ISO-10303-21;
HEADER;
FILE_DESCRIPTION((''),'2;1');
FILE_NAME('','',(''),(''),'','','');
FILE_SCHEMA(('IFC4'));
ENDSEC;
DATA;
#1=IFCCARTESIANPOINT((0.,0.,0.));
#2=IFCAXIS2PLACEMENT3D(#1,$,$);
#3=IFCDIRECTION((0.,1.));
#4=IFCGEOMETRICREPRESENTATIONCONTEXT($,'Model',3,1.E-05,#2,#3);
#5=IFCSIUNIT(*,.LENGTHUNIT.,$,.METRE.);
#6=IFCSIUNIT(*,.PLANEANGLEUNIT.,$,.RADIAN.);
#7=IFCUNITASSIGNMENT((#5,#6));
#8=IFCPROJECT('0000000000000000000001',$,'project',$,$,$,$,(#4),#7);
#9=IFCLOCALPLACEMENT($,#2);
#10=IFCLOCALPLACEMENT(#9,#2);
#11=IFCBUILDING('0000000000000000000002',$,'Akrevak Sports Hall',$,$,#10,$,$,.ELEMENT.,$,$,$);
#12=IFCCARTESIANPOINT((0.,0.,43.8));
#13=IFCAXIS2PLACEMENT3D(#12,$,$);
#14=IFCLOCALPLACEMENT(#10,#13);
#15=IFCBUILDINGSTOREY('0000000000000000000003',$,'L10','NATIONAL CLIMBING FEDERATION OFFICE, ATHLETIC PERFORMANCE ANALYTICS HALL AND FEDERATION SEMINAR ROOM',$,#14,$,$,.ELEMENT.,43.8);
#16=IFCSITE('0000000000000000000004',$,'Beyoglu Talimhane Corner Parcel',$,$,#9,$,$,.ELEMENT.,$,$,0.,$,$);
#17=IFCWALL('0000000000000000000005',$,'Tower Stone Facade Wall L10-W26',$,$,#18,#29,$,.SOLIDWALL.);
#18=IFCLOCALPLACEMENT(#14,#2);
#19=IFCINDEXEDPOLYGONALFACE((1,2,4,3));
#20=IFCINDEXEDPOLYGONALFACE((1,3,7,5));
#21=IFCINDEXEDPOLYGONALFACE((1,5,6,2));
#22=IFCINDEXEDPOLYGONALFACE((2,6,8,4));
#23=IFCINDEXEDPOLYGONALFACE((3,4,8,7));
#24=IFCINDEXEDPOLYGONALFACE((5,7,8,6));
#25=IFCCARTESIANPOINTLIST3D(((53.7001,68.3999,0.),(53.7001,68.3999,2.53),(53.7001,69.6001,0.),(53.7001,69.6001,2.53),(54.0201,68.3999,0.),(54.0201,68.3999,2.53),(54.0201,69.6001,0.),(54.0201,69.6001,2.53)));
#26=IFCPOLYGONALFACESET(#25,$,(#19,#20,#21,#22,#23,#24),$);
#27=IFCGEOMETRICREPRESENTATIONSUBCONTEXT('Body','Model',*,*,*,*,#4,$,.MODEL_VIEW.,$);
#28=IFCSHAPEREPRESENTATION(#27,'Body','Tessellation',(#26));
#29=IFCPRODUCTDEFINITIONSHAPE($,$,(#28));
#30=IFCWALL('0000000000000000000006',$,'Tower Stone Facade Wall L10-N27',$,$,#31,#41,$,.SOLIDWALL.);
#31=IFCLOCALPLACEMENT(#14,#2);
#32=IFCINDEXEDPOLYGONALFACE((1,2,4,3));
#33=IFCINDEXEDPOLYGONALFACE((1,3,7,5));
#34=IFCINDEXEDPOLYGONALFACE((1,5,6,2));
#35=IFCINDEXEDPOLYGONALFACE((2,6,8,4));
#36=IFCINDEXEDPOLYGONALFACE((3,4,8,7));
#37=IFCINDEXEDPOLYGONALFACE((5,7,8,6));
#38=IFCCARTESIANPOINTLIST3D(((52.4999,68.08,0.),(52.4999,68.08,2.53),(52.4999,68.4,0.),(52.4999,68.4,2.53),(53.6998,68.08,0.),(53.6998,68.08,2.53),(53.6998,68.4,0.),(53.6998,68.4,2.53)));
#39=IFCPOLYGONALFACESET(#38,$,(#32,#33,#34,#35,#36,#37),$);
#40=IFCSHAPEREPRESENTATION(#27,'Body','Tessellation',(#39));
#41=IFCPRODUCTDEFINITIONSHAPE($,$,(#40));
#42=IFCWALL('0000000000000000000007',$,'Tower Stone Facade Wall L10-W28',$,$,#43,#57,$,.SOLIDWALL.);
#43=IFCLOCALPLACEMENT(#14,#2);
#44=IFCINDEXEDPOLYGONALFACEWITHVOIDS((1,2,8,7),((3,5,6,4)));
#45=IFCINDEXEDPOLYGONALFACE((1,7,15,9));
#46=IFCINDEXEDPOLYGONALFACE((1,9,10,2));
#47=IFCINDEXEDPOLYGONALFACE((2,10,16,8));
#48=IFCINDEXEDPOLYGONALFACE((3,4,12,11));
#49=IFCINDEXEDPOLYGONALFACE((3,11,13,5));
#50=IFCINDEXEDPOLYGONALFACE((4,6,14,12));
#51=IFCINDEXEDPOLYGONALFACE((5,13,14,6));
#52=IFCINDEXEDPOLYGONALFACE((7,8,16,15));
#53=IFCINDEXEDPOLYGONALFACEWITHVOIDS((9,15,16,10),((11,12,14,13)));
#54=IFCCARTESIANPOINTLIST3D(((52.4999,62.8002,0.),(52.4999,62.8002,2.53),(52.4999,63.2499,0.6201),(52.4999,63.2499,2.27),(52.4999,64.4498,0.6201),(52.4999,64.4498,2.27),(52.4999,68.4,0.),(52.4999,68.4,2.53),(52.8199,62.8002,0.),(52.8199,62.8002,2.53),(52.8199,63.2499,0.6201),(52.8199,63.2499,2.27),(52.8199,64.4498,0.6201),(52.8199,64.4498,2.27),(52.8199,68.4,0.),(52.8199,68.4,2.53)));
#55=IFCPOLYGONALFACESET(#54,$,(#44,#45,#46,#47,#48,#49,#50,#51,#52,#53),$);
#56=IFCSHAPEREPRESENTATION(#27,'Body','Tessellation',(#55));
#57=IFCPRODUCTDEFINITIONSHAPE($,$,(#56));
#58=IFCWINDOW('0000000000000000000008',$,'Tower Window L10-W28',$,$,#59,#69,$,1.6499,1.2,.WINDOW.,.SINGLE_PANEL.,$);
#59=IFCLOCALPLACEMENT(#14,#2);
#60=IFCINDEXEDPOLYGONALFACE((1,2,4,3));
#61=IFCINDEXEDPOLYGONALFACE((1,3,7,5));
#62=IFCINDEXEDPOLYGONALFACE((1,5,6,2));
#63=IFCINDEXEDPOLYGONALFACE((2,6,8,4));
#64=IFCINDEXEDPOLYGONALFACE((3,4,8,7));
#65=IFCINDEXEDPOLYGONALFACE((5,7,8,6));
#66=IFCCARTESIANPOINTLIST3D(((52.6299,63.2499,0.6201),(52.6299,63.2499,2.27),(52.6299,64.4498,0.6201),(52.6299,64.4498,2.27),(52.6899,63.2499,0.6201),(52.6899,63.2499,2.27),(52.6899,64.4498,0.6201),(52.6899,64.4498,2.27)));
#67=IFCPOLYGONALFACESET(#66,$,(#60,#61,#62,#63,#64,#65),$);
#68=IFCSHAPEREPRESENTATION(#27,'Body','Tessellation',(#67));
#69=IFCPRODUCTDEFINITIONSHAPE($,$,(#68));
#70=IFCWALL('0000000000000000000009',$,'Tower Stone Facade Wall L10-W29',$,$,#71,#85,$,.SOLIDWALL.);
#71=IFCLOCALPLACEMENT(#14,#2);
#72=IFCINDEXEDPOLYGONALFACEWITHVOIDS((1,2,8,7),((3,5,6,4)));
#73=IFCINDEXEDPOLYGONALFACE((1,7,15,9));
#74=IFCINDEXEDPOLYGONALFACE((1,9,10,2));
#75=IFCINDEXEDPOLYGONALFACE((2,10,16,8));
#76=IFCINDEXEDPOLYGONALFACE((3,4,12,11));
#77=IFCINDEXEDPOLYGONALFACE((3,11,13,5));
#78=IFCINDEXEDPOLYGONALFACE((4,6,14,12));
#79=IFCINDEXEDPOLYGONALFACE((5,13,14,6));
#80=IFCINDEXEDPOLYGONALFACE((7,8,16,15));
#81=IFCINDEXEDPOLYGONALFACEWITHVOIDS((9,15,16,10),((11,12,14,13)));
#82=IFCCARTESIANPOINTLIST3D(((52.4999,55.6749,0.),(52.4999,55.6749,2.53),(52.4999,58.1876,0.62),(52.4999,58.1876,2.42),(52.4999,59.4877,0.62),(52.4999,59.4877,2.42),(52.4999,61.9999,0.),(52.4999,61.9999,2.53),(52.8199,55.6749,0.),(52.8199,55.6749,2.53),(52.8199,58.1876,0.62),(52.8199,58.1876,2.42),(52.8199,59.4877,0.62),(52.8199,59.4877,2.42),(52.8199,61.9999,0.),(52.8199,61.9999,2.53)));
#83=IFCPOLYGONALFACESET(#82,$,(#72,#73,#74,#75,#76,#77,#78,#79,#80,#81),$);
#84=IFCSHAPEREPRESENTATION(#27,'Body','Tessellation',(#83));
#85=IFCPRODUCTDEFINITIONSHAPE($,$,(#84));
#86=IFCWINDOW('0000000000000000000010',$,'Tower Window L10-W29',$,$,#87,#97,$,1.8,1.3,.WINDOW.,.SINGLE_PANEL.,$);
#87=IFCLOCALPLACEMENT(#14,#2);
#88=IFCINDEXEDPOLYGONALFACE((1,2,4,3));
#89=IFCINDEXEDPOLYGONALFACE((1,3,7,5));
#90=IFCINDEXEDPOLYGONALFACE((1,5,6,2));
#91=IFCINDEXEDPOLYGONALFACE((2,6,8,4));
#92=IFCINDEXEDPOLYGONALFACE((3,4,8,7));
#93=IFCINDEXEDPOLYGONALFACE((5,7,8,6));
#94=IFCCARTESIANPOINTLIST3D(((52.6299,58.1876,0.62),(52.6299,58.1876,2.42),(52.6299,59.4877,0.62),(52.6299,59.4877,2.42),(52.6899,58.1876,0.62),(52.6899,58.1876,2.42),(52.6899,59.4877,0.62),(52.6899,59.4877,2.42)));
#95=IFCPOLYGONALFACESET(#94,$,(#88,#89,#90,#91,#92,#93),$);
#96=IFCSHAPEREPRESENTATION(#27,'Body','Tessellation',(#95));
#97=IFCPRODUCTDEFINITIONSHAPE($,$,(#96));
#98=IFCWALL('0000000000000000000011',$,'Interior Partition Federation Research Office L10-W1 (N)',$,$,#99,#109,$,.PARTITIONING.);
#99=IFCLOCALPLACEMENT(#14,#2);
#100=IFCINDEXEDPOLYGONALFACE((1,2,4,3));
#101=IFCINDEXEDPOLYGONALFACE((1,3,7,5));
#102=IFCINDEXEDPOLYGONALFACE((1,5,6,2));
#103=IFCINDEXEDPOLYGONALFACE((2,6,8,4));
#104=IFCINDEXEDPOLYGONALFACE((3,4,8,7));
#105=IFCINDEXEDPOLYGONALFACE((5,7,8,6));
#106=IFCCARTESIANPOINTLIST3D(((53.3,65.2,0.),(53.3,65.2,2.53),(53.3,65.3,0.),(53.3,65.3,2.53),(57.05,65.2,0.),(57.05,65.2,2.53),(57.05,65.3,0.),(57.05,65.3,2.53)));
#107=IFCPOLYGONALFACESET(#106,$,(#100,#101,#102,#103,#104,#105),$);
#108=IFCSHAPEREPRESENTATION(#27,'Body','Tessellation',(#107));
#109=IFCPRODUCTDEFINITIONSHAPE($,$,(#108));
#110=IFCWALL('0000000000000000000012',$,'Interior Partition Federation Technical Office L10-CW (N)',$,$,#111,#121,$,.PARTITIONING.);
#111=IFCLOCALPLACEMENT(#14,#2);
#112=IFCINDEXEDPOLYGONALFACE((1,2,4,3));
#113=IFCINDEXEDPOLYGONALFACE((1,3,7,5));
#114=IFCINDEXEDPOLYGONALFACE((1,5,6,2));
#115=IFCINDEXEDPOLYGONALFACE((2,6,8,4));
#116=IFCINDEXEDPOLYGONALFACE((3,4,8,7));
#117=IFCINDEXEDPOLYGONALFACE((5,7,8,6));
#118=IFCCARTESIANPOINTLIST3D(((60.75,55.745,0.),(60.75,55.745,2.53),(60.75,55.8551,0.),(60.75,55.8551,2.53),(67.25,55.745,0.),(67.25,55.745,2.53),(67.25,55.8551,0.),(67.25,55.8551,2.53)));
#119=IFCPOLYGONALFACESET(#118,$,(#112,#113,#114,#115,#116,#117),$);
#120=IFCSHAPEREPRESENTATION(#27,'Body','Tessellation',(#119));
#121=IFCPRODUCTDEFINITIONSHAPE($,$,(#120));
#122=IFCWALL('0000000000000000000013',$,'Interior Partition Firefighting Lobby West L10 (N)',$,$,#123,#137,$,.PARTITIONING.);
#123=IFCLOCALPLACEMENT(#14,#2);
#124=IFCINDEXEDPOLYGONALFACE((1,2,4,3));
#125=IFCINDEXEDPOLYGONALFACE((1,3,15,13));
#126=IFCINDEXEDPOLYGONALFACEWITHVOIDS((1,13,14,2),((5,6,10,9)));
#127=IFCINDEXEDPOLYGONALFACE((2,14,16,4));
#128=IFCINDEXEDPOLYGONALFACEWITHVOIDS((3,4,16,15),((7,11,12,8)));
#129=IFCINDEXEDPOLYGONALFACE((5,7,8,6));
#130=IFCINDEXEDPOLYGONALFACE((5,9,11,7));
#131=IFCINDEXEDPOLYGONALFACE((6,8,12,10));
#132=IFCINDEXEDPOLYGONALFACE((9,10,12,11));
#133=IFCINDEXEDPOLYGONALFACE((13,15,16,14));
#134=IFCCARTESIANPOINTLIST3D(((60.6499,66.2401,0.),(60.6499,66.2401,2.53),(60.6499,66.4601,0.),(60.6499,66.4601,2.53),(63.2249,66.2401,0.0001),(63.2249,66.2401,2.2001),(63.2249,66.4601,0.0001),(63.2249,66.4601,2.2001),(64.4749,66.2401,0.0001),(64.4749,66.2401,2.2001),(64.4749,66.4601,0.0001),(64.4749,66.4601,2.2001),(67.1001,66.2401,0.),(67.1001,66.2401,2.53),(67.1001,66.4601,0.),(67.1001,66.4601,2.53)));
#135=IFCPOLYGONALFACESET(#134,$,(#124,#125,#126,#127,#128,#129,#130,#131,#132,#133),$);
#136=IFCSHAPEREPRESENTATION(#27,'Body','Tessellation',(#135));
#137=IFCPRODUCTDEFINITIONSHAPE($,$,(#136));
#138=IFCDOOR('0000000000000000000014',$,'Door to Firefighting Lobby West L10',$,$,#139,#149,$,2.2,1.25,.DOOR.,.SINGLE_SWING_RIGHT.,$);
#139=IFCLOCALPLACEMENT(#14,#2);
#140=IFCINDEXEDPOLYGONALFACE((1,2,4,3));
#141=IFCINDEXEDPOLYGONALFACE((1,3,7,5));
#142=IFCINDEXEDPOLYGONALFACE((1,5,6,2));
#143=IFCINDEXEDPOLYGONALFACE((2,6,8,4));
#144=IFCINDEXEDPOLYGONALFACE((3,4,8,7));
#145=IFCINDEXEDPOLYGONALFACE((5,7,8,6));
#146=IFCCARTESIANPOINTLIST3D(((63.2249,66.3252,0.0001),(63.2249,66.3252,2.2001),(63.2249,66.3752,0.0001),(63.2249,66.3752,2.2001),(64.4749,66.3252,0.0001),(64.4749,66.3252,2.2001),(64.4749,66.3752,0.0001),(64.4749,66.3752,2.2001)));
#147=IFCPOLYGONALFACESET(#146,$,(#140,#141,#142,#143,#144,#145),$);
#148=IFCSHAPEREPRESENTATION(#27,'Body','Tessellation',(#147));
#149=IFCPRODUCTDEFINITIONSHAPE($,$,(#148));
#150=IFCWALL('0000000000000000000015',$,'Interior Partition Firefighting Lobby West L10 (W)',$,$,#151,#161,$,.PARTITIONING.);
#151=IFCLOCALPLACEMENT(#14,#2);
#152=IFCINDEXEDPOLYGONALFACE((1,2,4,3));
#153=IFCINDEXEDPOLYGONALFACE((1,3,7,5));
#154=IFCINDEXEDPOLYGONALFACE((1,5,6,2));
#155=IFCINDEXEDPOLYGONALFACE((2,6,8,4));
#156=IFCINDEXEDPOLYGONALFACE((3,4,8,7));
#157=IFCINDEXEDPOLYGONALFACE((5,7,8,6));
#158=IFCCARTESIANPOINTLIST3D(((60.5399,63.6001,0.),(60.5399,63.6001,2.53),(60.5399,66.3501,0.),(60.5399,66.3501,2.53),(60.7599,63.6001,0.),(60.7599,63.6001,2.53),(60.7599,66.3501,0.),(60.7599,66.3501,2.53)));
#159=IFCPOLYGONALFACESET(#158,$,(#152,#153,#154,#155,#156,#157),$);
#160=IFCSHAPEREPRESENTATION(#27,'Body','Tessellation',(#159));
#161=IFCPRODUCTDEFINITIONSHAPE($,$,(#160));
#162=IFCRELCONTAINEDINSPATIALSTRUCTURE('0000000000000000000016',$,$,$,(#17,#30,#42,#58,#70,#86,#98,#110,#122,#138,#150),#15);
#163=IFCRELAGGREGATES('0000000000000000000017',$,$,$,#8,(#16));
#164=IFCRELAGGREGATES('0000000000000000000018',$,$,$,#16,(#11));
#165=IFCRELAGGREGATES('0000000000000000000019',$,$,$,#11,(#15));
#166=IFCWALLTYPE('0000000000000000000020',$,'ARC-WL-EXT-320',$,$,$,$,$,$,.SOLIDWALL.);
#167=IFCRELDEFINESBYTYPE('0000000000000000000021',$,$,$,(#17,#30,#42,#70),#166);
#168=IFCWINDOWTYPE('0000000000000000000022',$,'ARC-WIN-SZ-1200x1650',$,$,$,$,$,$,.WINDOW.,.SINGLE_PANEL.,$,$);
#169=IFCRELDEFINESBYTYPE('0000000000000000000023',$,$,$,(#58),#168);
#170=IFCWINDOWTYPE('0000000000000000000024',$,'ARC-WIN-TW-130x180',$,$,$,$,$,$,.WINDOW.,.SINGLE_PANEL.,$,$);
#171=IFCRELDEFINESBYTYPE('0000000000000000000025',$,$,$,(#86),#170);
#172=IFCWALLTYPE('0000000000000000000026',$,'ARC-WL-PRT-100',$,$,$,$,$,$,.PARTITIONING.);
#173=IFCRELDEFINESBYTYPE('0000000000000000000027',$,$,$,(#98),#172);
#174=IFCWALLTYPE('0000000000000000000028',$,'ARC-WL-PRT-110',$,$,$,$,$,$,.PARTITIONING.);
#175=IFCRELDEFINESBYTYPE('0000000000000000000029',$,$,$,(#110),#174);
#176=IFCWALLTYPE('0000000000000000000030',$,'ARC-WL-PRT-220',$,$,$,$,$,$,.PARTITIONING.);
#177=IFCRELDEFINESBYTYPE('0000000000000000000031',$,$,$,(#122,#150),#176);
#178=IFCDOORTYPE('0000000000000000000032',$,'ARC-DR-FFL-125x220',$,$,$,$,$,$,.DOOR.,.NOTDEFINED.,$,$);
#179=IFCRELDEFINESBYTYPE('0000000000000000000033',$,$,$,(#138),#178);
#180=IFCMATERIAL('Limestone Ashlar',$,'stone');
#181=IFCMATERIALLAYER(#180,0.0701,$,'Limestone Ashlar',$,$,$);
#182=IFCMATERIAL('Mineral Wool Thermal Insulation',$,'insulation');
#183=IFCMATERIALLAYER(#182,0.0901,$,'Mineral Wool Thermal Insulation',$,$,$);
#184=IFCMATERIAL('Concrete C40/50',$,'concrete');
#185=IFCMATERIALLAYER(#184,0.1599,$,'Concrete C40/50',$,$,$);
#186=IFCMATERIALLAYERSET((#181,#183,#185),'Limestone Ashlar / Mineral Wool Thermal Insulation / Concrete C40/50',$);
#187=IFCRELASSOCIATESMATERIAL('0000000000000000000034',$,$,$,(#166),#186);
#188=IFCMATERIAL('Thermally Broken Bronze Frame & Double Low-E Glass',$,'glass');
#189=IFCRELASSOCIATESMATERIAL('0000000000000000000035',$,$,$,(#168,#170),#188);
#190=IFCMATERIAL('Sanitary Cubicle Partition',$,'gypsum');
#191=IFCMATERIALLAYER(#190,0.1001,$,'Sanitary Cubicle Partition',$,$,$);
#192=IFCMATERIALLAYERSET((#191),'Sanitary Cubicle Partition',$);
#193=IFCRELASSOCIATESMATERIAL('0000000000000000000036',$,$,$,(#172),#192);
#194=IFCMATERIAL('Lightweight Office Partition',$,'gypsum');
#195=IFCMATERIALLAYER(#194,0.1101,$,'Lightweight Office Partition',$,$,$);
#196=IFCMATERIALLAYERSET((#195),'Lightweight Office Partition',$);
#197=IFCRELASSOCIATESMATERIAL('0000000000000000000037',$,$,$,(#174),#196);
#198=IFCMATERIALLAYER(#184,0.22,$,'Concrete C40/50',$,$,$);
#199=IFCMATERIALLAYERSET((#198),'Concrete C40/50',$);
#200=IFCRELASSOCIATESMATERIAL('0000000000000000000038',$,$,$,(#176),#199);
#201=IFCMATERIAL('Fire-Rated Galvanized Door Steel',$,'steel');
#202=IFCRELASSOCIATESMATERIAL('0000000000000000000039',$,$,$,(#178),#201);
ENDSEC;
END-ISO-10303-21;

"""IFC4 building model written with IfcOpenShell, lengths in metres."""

from ifc_helpers import new_model, si_unit, direction, frame, frame_2d, origin, place, context, subcontext, project, spatial, rectangle, extrude, material, layer, layer_set, type_object, element, fill, save


model = new_model("IFC4")

# Units and contexts
model_context = context("Model", 3, precision=1e-05, world=origin(), true_north=direction((0.0, 1.0)))
body_context = subcontext(model_context, "Body", "Model", "MODEL_VIEW")
ifc_project = project(units=[si_unit("LENGTHUNIT", "METRE"), si_unit("PLANEANGLEUNIT", "RADIAN")], contexts=[model_context])

# Site, building, storey
site_placement = place(None, origin())
site = spatial("IfcSite", under=ifc_project, at=site_placement, Name="Beyoglu Talimhane Corner Parcel", CompositionType="ELEMENT", RefElevation=0.0)
building_placement = place(site_placement, origin())
building = spatial("IfcBuilding", under=site, at=building_placement, Name="Akrevak Sports Hall", CompositionType="ELEMENT")
storey_placement = place(building_placement, frame((0.0, 0.0, 43.8)))
storey = spatial("IfcBuildingStorey", under=building, at=storey_placement, Name="L10", Description="NATIONAL CLIMBING FEDERATION OFFICE, ATHLETIC PERFORMANCE ANALYTICS HALL AND FEDERATION SEMINAR ROOM", CompositionType="ELEMENT", Elevation=43.8)

# Shared definitions
ifc_material_1 = material(Name="Concrete C40/50", Category="concrete")

# Shared definitions
ifc_material_2 = material(Name="Limestone Ashlar", Category="stone")
ifc_layer_1 = layer(ifc_material_2, 0.0701, Name="Limestone Ashlar")
ifc_material_3 = material(Name="Mineral Wool Thermal Insulation", Category="insulation")
ifc_layer_2 = layer(ifc_material_3, 0.0901, Name="Mineral Wool Thermal Insulation")
ifc_layer_3 = layer(ifc_material_1, 0.1599, Name="Concrete C40/50")
ifc_layer_set_1 = layer_set([ifc_layer_1, ifc_layer_2, ifc_layer_3], Name="Limestone Ashlar / Mineral Wool Thermal Insulation / Concrete C40/50")
wall_type_1 = type_object("IfcWallType", Name="ARC-WL-EXT-320", PredefinedType="SOLIDWALL", material=ifc_layer_set_1)
ifc_material_4 = material(Name="Thermally Broken Bronze Frame & Double Low-E Glass", Category="glass")

# Walls
wall_1_placement = place(storey_placement, frame((53.8601, 69.6001, 0.0), z_axis=(0.0, 0.0, 1.0), x_axis=(0.0, -1.0, 0.0)))
element("IfcWall", 1, at=wall_1_placement, inside=storey, type_object=wall_type_1, Name="Tower Stone Facade Wall L10-W26", PredefinedType="SOLIDWALL", context=body_context, shape_type="SweptSolid", body=[
    extrude(rectangle(XDim=1.2002, YDim=0.3201, at=frame_2d((0.6001, 0.0))), origin(), (0.0, 0.0, 1.0), 2.53),
])
wall_2_placement = place(storey_placement, frame((53.7, 68.24, 0.0), z_axis=(0.0, 0.0, 1.0), x_axis=(-1.0, 0.0, 0.0)))
element("IfcWall", 2, at=wall_2_placement, inside=storey, type_object=wall_type_1, Name="Tower Stone Facade Wall L10-N27", PredefinedType="SOLIDWALL", context=body_context, shape_type="SweptSolid", body=[
    extrude(rectangle(XDim=1.2, YDim=0.3201, at=frame_2d((0.6001, 0.0))), origin(), (0.0, 0.0, 1.0), 2.53),
])

# Walls, openings, windows
wall_3_placement = place(storey_placement, frame((52.6599, 68.3999, 0.0), z_axis=(0.0, 0.0, 1.0), x_axis=(0.0, -1.0, 0.0)))
wall_3 = element("IfcWall", 3, at=wall_3_placement, inside=storey, type_object=wall_type_1, Name="Tower Stone Facade Wall L10-W28", PredefinedType="SOLIDWALL", context=body_context, shape_type="SweptSolid", body=[
    extrude(rectangle(XDim=5.5999, YDim=0.3201, at=frame_2d((2.7998, 0.0))), origin(), (0.0, 0.0, 1.0), 2.53),
])
opening_1_placement = place(wall_3_placement, frame((3.95, 0.0, 0.6201)))
opening_1 = element("IfcOpeningElement", 4, at=opening_1_placement, cuts=wall_3, PredefinedType="OPENING", context=body_context, shape_type="SweptSolid", body=[
    extrude(rectangle(XDim=1.2, YDim=1.6499, at=frame_2d((0.6001, 0.825))), frame((0.0, 0.1719, 0.0), z_axis=(0.0, -1.0, 0.0), x_axis=(1.0, 0.0, 0.0)), (0.0, 0.0, 1.0), 0.344),
])
window_type_1 = type_object("IfcWindowType", Name="ARC-WIN-SZ-1200x1650", PartitioningType="SINGLE_PANEL", PredefinedType="WINDOW", material=ifc_material_4)
window_1_placement = place(opening_1_placement, origin())
window_1 = element("IfcWindow", 5, at=window_1_placement, inside=storey, type_object=window_type_1, Name="Tower Window L10-W28", OverallHeight=1.6499, OverallWidth=1.2, PartitioningType="SINGLE_PANEL", PredefinedType="WINDOW", context=body_context, shape_type="SweptSolid", body=[
    extrude(rectangle(XDim=1.2, YDim=1.6499, at=frame_2d((0.6001, 0.825))), frame((0.0, 0.03, 0.0), z_axis=(0.0, -1.0, 0.0), x_axis=(1.0, 0.0, 0.0)), (0.0, 0.0, 1.0), 0.0601),
])
fill(opening_1, window_1)
wall_4_placement = place(storey_placement, frame((52.6599, 62.0, 0.0), z_axis=(0.0, 0.0, 1.0), x_axis=(0.0, -1.0, 0.0)))
wall_4 = element("IfcWall", 6, at=wall_4_placement, inside=storey, type_object=wall_type_1, Name="Tower Stone Facade Wall L10-W29", PredefinedType="SOLIDWALL", context=body_context, shape_type="SweptSolid", body=[
    extrude(rectangle(XDim=6.325, YDim=0.3201, at=frame_2d((3.1626, 0.0))), origin(), (0.0, 0.0, 1.0), 2.53),
])
opening_2_placement = place(wall_4_placement, frame((2.5125, 0.0, 0.6201)))
opening_2 = element("IfcOpeningElement", 7, at=opening_2_placement, cuts=wall_4, PredefinedType="OPENING", context=body_context, shape_type="SweptSolid", body=[
    extrude(rectangle(XDim=1.3, YDim=1.8, at=frame_2d((0.6499, 0.8999))), frame((0.0, 0.1719, 0.0), z_axis=(0.0, -1.0, 0.0), x_axis=(1.0, 0.0, 0.0)), (0.0, 0.0, 1.0), 0.344),
])
window_type_2 = type_object("IfcWindowType", Name="ARC-WIN-TW-130x180", PartitioningType="SINGLE_PANEL", PredefinedType="WINDOW", material=ifc_material_4)
window_2_placement = place(opening_2_placement, origin())
window_2 = element("IfcWindow", 8, at=window_2_placement, inside=storey, type_object=window_type_2, Name="Tower Window L10-W29", OverallHeight=1.8, OverallWidth=1.3, PartitioningType="SINGLE_PANEL", PredefinedType="WINDOW", context=body_context, shape_type="SweptSolid", body=[
    extrude(rectangle(XDim=1.3, YDim=1.8, at=frame_2d((0.6499, 0.8999))), frame((0.0, 0.03, 0.0), z_axis=(0.0, -1.0, 0.0), x_axis=(1.0, 0.0, 0.0)), (0.0, 0.0, 1.0), 0.0601),
])
fill(opening_2, window_2)

# Walls
ifc_material_5 = material(Name="Sanitary Cubicle Partition", Category="gypsum")
ifc_layer_4 = layer(ifc_material_5, 0.1001, Name="Sanitary Cubicle Partition")
ifc_layer_set_2 = layer_set([ifc_layer_4], Name="Sanitary Cubicle Partition")
wall_type_2 = type_object("IfcWallType", Name="ARC-WL-PRT-100", PredefinedType="PARTITIONING", material=ifc_layer_set_2)
wall_5_placement = place(storey_placement, frame((53.3, 65.25, 0.0), z_axis=(0.0, 0.0, 1.0), x_axis=(1.0, 0.0, 0.0)))
element("IfcWall", 9, at=wall_5_placement, inside=storey, type_object=wall_type_2, Name="Interior Partition Federation Research Office L10-W1 (N)", PredefinedType="PARTITIONING", context=body_context, shape_type="SweptSolid", body=[
    extrude(rectangle(XDim=3.75, YDim=0.1001, at=frame_2d((1.875, 0.0))), origin(), (0.0, 0.0, 1.0), 2.53),
])
ifc_material_6 = material(Name="Lightweight Office Partition", Category="gypsum")
ifc_layer_5 = layer(ifc_material_6, 0.1101, Name="Lightweight Office Partition")
ifc_layer_set_3 = layer_set([ifc_layer_5], Name="Lightweight Office Partition")
wall_type_3 = type_object("IfcWallType", Name="ARC-WL-PRT-110", PredefinedType="PARTITIONING", material=ifc_layer_set_3)
wall_6_placement = place(storey_placement, frame((60.75, 55.8, 0.0), z_axis=(0.0, 0.0, 1.0), x_axis=(1.0, 0.0, 0.0)))
element("IfcWall", 10, at=wall_6_placement, inside=storey, type_object=wall_type_3, Name="Interior Partition Federation Technical Office L10-CW (N)", PredefinedType="PARTITIONING", context=body_context, shape_type="SweptSolid", body=[
    extrude(rectangle(XDim=6.5, YDim=0.1101, at=frame_2d((3.25, 0.0))), origin(), (0.0, 0.0, 1.0), 2.53),
])

# Wall, opening, door
ifc_layer_6 = layer(ifc_material_1, 0.22, Name="Concrete C40/50")
ifc_layer_set_4 = layer_set([ifc_layer_6], Name="Concrete C40/50")
wall_type_4 = type_object("IfcWallType", Name="ARC-WL-PRT-220", PredefinedType="PARTITIONING", material=ifc_layer_set_4)
wall_7_placement = place(storey_placement, frame((60.6499, 66.3501, 0.0), z_axis=(0.0, 0.0, 1.0), x_axis=(1.0, 0.0, 0.0)))
wall_7 = element("IfcWall", 11, at=wall_7_placement, inside=storey, type_object=wall_type_4, Name="Interior Partition Firefighting Lobby West L10 (N)", PredefinedType="PARTITIONING", context=body_context, shape_type="SweptSolid", body=[
    extrude(rectangle(XDim=6.4502, YDim=0.22, at=frame_2d((3.2251, 0.0))), origin(), (0.0, 0.0, 1.0), 2.53),
])
opening_3_placement = place(wall_7_placement, frame((2.575, 0.0, 0.0)))
opening_3 = element("IfcOpeningElement", 12, at=opening_3_placement, cuts=wall_7, PredefinedType="OPENING", context=body_context, shape_type="SweptSolid", body=[
    extrude(rectangle(XDim=1.25, YDim=2.2, at=frame_2d((0.625, 1.1001))), frame((0.0, 0.1221, 0.0), z_axis=(0.0, -1.0, 0.0), x_axis=(1.0, 0.0, 0.0)), (0.0, 0.0, 1.0), 0.2439),
])
ifc_material_7 = material(Name="Fire-Rated Galvanized Door Steel", Category="steel")
door_type_1 = type_object("IfcDoorType", Name="ARC-DR-FFL-125x220", OperationType="NOTDEFINED", PredefinedType="DOOR", material=ifc_material_7)
door_1_placement = place(opening_3_placement, frame((1.25, 0.0, 0.0), z_axis=(0.0, 0.0, 1.0), x_axis=(-1.0, 0.0, 0.0)))
door_1 = element("IfcDoor", 13, at=door_1_placement, inside=storey, type_object=door_type_1, Name="Door to Firefighting Lobby West L10", OperationType="SINGLE_SWING_RIGHT", OverallHeight=2.2, OverallWidth=1.25, PredefinedType="DOOR", context=body_context, shape_type="SweptSolid", body=[
    extrude(rectangle(XDim=1.25, YDim=2.2, at=frame_2d((0.625, 1.1001))), frame((0.0, 0.0249, 0.0), z_axis=(0.0, -1.0, 0.0), x_axis=(1.0, 0.0, 0.0)), (0.0, 0.0, 1.0), 0.05),
])
fill(opening_3, door_1)

# Wall
wall_8_placement = place(storey_placement, frame((60.6499, 63.6001, 0.0), z_axis=(0.0, 0.0, 1.0), x_axis=(0.0, 1.0, 0.0)))
element("IfcWall", 14, at=wall_8_placement, inside=storey, type_object=wall_type_4, Name="Interior Partition Firefighting Lobby West L10 (W)", PredefinedType="PARTITIONING", context=body_context, shape_type="SweptSolid", body=[
    extrude(rectangle(XDim=2.75, YDim=0.22, at=frame_2d((1.375, 0.0))), origin(), (0.0, 0.0, 1.0), 2.53),
])

save(model, "model.ifc")
